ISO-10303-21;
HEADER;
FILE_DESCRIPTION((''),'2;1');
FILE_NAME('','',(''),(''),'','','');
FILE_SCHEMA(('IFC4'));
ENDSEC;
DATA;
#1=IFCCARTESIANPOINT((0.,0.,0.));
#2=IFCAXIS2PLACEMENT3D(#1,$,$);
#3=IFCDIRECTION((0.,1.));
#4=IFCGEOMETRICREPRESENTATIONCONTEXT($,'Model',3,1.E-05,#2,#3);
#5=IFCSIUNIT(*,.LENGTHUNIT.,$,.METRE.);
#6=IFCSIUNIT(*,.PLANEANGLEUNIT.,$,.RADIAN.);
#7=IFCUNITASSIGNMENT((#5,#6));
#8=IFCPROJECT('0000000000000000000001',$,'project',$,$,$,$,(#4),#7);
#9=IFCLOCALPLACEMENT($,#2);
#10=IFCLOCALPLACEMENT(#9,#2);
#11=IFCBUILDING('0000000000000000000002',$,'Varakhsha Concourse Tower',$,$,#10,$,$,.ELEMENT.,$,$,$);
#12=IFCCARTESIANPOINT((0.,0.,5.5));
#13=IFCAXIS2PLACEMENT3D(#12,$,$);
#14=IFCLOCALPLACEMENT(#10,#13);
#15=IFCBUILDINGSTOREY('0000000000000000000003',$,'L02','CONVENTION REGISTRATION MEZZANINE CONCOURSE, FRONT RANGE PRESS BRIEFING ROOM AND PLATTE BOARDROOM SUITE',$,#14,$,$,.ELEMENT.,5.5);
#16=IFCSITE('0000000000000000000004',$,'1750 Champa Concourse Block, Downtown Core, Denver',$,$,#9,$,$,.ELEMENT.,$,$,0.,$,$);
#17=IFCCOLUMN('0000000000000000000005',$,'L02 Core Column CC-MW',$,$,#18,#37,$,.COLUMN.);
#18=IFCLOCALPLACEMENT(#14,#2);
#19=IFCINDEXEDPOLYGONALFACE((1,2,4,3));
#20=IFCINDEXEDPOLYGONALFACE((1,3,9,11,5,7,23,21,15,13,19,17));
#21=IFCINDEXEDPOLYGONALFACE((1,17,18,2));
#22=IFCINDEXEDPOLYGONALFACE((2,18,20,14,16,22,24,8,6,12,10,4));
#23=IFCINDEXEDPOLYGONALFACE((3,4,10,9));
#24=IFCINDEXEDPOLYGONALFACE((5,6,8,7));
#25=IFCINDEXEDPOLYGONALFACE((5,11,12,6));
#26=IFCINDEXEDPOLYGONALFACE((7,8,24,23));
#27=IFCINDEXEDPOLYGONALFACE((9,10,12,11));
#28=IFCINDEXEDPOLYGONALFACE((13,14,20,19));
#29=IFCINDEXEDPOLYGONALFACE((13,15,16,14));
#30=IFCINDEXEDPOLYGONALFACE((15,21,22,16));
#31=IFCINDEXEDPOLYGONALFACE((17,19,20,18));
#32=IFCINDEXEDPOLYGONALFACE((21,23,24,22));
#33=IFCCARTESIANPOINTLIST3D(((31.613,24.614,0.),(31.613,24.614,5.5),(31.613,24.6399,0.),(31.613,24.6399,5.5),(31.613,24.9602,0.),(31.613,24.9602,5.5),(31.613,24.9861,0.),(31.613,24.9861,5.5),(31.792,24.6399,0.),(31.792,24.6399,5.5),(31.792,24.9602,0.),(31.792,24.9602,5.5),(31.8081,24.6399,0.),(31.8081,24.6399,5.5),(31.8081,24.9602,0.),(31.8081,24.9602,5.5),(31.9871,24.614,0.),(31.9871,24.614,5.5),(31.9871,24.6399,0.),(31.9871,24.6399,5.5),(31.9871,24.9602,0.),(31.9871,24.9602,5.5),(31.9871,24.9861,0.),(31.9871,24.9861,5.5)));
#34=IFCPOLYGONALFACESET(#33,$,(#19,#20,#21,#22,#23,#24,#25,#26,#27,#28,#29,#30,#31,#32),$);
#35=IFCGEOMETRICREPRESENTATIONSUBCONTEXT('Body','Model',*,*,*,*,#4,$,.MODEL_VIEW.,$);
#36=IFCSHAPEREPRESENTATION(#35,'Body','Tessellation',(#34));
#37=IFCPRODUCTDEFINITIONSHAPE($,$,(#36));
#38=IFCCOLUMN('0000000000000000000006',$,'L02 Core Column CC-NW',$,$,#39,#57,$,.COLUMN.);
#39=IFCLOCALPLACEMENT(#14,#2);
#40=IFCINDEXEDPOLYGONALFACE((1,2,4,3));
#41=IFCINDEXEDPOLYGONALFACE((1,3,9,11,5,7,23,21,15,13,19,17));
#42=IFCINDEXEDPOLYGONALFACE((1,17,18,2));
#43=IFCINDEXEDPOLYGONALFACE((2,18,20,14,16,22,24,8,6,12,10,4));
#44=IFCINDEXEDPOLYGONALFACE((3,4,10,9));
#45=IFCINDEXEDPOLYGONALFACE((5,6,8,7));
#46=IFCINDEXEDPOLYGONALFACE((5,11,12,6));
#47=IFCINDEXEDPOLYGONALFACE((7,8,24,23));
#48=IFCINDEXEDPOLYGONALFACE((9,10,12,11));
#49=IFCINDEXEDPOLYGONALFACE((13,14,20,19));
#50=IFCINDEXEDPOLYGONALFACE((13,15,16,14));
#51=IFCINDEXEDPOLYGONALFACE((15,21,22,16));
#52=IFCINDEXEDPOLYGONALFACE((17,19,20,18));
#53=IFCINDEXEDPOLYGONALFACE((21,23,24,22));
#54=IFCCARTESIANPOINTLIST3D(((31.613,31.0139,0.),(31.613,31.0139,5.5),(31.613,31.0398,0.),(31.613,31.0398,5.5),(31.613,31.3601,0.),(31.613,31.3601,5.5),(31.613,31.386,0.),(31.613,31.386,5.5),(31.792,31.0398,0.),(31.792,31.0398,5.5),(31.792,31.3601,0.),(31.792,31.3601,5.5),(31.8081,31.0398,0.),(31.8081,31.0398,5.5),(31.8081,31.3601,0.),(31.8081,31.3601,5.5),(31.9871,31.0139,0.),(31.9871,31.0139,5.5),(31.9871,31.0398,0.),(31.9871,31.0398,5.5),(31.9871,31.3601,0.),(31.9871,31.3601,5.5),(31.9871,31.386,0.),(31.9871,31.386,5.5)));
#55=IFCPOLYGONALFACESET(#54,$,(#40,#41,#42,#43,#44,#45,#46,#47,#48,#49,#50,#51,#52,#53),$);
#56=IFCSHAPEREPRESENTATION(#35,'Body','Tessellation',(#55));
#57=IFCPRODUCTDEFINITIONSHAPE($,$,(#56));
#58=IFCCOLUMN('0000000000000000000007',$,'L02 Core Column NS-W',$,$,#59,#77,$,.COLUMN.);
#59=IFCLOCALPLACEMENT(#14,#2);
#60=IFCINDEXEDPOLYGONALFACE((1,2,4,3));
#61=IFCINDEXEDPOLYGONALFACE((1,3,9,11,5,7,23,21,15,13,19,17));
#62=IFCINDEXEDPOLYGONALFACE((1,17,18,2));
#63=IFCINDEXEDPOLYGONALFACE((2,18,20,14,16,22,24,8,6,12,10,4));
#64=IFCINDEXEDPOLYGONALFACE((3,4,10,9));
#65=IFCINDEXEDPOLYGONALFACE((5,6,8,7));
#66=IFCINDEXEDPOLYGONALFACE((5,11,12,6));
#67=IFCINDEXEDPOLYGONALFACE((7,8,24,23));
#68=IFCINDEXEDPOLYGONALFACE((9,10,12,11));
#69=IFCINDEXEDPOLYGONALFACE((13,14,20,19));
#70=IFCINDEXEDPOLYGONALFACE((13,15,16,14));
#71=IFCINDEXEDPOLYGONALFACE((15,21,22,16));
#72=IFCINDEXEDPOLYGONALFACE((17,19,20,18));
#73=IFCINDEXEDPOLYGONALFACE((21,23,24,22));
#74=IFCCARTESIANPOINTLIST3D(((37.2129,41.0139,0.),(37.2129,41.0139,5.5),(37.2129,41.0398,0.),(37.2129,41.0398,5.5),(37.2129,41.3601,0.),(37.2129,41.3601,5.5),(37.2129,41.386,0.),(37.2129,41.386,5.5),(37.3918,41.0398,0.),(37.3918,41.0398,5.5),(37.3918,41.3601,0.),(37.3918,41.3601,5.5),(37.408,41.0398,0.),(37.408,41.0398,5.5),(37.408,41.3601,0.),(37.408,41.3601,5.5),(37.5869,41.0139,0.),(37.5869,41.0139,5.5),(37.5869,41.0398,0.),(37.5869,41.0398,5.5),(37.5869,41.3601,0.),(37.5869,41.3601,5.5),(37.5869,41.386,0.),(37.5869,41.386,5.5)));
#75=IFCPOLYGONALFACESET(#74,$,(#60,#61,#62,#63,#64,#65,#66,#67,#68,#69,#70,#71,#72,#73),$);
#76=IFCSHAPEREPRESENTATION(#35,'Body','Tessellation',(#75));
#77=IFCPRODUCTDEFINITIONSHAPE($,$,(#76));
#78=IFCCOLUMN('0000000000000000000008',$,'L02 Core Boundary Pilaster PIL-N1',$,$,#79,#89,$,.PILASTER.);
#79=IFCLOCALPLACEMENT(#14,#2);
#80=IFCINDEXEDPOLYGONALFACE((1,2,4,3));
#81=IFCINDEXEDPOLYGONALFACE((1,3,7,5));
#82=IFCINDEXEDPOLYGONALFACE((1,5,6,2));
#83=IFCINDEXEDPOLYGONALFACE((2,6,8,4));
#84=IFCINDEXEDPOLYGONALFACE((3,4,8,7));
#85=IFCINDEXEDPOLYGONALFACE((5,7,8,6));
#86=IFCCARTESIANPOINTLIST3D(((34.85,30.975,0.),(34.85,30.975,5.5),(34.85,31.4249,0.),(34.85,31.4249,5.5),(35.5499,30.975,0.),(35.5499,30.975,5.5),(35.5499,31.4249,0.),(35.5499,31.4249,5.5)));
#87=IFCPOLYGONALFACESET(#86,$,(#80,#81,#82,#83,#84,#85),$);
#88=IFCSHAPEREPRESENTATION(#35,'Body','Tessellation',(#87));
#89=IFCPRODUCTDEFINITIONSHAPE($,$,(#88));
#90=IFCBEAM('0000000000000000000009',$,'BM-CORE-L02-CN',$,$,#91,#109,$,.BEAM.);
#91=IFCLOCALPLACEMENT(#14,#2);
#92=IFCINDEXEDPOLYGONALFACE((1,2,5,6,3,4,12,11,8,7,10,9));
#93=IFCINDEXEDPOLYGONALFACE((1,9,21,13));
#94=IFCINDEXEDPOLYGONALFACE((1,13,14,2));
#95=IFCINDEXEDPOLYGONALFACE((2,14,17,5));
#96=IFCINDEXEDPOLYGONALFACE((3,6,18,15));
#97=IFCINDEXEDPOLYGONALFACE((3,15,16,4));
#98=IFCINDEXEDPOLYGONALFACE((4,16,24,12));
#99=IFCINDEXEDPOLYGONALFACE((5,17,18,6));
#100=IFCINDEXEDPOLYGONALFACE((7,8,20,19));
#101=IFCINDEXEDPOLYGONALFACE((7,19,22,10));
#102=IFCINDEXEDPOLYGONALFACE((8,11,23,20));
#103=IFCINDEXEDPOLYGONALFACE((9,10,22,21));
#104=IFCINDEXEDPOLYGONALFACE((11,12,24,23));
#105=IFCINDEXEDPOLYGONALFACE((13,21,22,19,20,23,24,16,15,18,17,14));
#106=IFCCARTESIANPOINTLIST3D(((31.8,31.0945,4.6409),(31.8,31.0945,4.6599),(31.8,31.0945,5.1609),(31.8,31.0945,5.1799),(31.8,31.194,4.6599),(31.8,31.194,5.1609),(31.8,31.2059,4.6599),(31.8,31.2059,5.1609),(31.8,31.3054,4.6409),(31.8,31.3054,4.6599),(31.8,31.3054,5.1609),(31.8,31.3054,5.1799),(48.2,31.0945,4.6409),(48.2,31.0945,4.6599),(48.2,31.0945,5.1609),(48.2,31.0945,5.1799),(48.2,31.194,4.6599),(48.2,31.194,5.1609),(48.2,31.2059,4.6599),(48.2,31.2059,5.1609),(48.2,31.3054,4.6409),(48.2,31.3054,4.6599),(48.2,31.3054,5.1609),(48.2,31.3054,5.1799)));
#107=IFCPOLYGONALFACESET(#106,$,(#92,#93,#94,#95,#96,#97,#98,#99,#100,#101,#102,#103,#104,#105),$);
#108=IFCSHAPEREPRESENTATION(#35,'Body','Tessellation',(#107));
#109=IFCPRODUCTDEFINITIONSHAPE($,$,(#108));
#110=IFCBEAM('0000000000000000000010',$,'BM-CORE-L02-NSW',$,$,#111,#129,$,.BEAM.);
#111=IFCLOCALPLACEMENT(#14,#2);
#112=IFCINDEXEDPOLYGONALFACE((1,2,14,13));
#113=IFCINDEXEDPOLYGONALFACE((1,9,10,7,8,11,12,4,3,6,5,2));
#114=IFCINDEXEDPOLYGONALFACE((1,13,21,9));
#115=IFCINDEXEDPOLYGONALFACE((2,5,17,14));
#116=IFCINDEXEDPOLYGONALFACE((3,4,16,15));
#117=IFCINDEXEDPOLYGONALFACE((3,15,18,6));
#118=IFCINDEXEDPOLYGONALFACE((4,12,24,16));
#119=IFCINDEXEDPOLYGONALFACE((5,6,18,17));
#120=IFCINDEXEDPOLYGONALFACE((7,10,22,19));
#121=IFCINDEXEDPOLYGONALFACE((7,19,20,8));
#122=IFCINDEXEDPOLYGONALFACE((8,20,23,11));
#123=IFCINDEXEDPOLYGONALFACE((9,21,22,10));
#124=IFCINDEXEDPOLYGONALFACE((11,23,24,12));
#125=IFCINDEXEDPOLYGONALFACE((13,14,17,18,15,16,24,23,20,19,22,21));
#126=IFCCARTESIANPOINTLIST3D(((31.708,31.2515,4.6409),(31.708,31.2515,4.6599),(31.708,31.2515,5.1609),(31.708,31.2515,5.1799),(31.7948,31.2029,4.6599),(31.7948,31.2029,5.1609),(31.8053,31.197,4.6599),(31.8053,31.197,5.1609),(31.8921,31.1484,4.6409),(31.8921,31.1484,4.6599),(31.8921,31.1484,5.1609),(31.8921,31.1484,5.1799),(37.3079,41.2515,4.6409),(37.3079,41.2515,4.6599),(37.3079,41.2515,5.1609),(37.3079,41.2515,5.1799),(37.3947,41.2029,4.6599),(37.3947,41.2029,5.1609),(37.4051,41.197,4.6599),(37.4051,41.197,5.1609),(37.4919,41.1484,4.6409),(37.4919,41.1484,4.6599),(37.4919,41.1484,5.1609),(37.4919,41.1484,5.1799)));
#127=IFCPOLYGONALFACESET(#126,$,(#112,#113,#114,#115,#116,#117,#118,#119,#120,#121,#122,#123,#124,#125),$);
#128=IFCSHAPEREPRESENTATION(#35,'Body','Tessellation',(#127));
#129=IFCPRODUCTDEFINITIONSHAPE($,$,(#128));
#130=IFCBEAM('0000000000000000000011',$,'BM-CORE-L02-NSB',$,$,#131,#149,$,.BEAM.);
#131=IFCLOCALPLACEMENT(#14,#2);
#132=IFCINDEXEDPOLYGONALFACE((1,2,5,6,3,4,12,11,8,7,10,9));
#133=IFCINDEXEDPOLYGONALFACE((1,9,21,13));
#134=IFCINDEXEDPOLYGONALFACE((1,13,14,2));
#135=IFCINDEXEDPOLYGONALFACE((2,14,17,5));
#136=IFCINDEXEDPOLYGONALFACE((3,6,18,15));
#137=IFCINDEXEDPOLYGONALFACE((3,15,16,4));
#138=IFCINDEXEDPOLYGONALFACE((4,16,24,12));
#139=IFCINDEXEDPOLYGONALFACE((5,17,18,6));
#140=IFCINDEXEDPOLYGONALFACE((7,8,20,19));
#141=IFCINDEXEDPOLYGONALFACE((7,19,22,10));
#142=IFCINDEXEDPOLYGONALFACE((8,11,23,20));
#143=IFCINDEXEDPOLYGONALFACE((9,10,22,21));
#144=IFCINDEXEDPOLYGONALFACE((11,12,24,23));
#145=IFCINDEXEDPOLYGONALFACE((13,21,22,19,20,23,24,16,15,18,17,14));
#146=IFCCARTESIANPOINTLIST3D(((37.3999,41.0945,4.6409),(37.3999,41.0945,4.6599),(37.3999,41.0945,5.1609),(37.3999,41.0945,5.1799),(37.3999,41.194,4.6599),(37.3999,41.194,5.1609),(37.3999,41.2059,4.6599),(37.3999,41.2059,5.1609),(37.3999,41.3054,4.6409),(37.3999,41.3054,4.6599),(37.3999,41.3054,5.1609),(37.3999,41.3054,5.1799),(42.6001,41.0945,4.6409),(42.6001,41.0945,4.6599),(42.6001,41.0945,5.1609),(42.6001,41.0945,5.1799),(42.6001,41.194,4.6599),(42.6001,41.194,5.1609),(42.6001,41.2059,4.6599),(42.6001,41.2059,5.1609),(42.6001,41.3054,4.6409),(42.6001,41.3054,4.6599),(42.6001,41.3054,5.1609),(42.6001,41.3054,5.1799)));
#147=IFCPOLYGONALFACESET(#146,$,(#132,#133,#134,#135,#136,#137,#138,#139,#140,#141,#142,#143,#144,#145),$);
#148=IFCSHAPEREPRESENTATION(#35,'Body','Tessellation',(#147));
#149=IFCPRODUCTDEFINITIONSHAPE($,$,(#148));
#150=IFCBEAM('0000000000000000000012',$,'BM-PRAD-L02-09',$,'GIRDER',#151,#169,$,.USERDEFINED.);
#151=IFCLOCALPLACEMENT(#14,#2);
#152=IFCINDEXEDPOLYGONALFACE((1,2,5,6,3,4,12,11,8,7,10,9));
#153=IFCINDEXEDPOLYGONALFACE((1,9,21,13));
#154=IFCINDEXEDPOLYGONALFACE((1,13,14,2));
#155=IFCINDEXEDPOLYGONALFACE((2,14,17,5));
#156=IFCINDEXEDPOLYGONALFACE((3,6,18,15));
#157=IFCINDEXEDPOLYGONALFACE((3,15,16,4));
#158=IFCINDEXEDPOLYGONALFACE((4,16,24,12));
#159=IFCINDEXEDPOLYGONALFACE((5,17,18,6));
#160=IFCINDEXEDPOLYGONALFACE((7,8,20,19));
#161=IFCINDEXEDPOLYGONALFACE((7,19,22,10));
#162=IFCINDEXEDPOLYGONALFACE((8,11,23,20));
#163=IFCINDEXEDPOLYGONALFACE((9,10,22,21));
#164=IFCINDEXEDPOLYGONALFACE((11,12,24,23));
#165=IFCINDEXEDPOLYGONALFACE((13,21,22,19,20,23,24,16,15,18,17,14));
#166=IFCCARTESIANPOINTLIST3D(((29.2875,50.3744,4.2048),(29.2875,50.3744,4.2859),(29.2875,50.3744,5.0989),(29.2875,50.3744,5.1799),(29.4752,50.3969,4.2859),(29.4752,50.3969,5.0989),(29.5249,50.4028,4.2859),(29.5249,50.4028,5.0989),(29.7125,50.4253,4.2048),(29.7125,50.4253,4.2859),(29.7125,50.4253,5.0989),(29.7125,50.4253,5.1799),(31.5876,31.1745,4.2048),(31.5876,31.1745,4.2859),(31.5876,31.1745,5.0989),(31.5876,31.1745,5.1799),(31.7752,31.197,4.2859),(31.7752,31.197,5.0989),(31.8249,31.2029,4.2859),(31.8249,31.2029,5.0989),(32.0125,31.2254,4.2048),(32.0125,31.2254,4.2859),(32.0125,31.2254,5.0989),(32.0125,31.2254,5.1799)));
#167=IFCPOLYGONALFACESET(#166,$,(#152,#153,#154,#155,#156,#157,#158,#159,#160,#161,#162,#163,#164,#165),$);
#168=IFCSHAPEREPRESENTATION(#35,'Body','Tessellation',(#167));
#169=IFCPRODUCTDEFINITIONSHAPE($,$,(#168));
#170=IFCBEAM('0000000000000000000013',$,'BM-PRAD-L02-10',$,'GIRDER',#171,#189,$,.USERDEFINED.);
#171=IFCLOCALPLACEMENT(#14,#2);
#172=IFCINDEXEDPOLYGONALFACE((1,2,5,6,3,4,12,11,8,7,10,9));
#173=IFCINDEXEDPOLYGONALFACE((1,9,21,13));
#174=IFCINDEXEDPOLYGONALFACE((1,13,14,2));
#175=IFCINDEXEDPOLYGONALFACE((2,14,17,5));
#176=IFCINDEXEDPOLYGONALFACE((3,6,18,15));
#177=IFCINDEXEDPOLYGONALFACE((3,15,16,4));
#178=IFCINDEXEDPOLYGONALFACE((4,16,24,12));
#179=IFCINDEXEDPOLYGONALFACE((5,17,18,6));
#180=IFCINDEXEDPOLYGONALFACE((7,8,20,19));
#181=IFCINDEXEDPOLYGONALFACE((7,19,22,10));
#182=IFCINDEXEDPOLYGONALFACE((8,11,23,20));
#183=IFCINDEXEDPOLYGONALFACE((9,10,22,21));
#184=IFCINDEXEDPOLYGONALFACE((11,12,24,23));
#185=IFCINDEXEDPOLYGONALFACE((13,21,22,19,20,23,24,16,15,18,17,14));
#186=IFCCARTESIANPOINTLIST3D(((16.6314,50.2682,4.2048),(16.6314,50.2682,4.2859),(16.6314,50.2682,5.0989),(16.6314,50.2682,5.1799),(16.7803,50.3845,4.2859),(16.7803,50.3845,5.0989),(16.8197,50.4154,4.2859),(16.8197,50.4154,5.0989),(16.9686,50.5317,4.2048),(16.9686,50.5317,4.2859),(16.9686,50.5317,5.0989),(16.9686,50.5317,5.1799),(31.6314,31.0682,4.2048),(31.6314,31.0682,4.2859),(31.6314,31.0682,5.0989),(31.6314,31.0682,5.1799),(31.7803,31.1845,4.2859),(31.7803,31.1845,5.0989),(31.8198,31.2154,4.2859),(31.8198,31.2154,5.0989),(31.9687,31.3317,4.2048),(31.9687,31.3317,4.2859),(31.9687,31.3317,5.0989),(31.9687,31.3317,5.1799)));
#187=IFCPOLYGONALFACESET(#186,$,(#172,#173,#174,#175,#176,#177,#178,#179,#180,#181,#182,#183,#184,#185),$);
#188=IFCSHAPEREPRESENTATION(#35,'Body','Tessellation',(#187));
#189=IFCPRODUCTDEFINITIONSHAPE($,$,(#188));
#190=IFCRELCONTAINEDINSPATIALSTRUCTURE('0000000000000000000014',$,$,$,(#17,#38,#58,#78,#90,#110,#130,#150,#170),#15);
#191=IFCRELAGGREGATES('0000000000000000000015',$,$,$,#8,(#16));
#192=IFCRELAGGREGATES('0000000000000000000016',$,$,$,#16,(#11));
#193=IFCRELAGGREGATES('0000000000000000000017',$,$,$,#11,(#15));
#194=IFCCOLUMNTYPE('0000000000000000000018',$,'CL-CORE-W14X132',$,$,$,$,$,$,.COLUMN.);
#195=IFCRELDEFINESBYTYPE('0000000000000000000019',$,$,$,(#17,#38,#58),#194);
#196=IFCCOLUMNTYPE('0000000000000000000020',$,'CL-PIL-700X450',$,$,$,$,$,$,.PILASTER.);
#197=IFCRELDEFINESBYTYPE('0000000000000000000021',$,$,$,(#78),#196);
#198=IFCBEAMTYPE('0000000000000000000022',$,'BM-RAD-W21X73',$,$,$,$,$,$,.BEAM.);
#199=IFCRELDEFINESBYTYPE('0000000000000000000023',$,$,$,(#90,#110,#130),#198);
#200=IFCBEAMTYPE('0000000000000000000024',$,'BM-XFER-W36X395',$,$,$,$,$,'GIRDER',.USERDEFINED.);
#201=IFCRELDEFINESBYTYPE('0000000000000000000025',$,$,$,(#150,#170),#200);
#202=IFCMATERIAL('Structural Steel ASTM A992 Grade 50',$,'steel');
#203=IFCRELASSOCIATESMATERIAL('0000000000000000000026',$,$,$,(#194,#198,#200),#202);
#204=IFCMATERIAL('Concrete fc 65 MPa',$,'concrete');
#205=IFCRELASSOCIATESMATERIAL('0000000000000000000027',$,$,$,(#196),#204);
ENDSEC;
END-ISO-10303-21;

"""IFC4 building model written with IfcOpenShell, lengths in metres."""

from ifc_helpers import new_model, si_unit, direction, frame, origin, origin_2d, place, context, subcontext, project, spatial, rectangle, i_section, extrude, material, material_profile, profile_set, type_object, element, save


model = new_model("IFC4")

# Units and contexts
model_context = context("Model", 3, precision=1e-05, world=origin(), true_north=direction((0.0, 1.0)))
body_context = subcontext(model_context, "Body", "Model", "MODEL_VIEW")
ifc_project = project(units=[si_unit("LENGTHUNIT", "METRE"), si_unit("PLANEANGLEUNIT", "RADIAN")], contexts=[model_context])

# Site, building, storey
site_placement = place(None, origin())
site = spatial("IfcSite", under=ifc_project, at=site_placement, Name="1750 Champa Concourse Block, Downtown Core, Denver", CompositionType="ELEMENT", RefElevation=0.0)
building_placement = place(site_placement, origin())
building = spatial("IfcBuilding", under=site, at=building_placement, Name="Varakhsha Concourse Tower", CompositionType="ELEMENT")
storey_placement = place(building_placement, frame((0.0, 0.0, 5.5)))
storey = spatial("IfcBuildingStorey", under=building, at=storey_placement, Name="L02", Description="CONVENTION REGISTRATION MEZZANINE CONCOURSE, FRONT RANGE PRESS BRIEFING ROOM AND PLATTE BOARDROOM SUITE", CompositionType="ELEMENT", Elevation=5.5)

# Columns
ifc_material_1 = material(Name="Structural Steel ASTM A992 Grade 50", Category="steel")
ifc_material_profile_1 = material_profile(ifc_material_1, i_section(OverallWidth=0.374, OverallDepth=0.3721, WebThickness=0.0161, FlangeThickness=0.0259, at=origin_2d()), Name="W14X132")
ifc_profile_set_1 = profile_set([ifc_material_profile_1], Name="Structural Steel ASTM A992 Grade 50")
column_type_1 = type_object("IfcColumnType", Name="CL-CORE-W14X132", PredefinedType="COLUMN", material=ifc_profile_set_1)
for number, where, z_axis, x_axis, name in (
    (1, (31.8, 24.8, 0.0), (0.0, 0.0, 1.0), (1.0, 0.0, 0.0), "L02 Core Column CC-MW"),
    (2, (31.8, 31.2, 0.0), (0.0, 0.0, 1.0), (1.0, 0.0, 0.0), "L02 Core Column CC-NW"),
    (3, (37.3999, 41.2, 0.0), (0.0, 0.0, 1.0), (1.0, 0.0, 0.0), "L02 Core Column NS-W"),
):
    element("IfcColumn", number, at=place(storey_placement, frame(where, z_axis=z_axis, x_axis=x_axis)), inside=storey, type_object=column_type_1, Name=name, PredefinedType="COLUMN", context=body_context, shape_type="SweptSolid", body=[
        extrude(i_section(OverallWidth=0.374, OverallDepth=0.3721, WebThickness=0.0161, FlangeThickness=0.0259, at=origin_2d()), origin(), (0.0, 0.0, 1.0), 5.5),
    ])
ifc_material_2 = material(Name="Concrete fc 65 MPa", Category="concrete")
ifc_material_profile_2 = material_profile(ifc_material_2, rectangle(XDim=0.7, YDim=0.45, at=origin_2d()), Name="RC 700x450")
ifc_profile_set_2 = profile_set([ifc_material_profile_2], Name="Concrete fc 65 MPa")
column_type_2 = type_object("IfcColumnType", Name="CL-PIL-700X450", PredefinedType="PILASTER", material=ifc_profile_set_2)
column_placement = place(storey_placement, frame((35.2, 31.2, 0.0), z_axis=(0.0, 0.0, 1.0), x_axis=(1.0, 0.0, 0.0)))
element("IfcColumn", 4, at=column_placement, inside=storey, type_object=column_type_2, Name="L02 Core Boundary Pilaster PIL-N1", PredefinedType="PILASTER", context=body_context, shape_type="SweptSolid", body=[
    extrude(rectangle(XDim=0.7, YDim=0.45, at=origin_2d()), origin(), (0.0, 0.0, 1.0), 5.5),
])

# Beams
ifc_material_profile_3 = material_profile(ifc_material_1, i_section(OverallWidth=0.2109, OverallDepth=0.5391, WebThickness=0.012, FlangeThickness=0.019, at=origin_2d()), Name="W21X73")
ifc_profile_set_3 = profile_set([ifc_material_profile_3], Name="Structural Steel ASTM A992 Grade 50")
beam_type_1 = type_object("IfcBeamType", Name="BM-RAD-W21X73", PredefinedType="BEAM", material=ifc_profile_set_3)
beam_1_placement = place(storey_placement, frame((31.8, 31.2, 4.9104), z_axis=(1.0, 0.0, 0.0), x_axis=(0.0, 1.0, 0.0)))
element("IfcBeam", 5, at=beam_1_placement, inside=storey, type_object=beam_type_1, Name="BM-CORE-L02-CN", PredefinedType="BEAM", context=body_context, shape_type="SweptSolid", body=[
    extrude(i_section(OverallWidth=0.2109, OverallDepth=0.5391, WebThickness=0.012, FlangeThickness=0.019, at=origin_2d()), origin(), (0.0, 0.0, 1.0), 16.3999),
])
beam_2_placement = place(storey_placement, frame((31.8, 31.2, 4.9104), z_axis=(0.488594, 0.872511, 0.0), x_axis=(-0.872511, 0.488594, 0.0)))
element("IfcBeam", 6, at=beam_2_placement, inside=storey, type_object=beam_type_1, Name="BM-CORE-L02-NSW", PredefinedType="BEAM", context=body_context, shape_type="SweptSolid", body=[
    extrude(i_section(OverallWidth=0.2109, OverallDepth=0.5391, WebThickness=0.012, FlangeThickness=0.019, at=origin_2d()), origin(), (0.0, 0.0, 1.0), 11.4612),
])
beam_3_placement = place(storey_placement, frame((37.3999, 41.2, 4.9104), z_axis=(1.0, 0.0, 0.0), x_axis=(0.0, 1.0, 0.0)))
element("IfcBeam", 7, at=beam_3_placement, inside=storey, type_object=beam_type_1, Name="BM-CORE-L02-NSB", PredefinedType="BEAM", context=body_context, shape_type="SweptSolid", body=[
    extrude(i_section(OverallWidth=0.2109, OverallDepth=0.5391, WebThickness=0.012, FlangeThickness=0.019, at=origin_2d()), origin(), (0.0, 0.0, 1.0), 5.2002),
])
ifc_material_profile_4 = material_profile(ifc_material_1, i_section(OverallWidth=0.428, OverallDepth=0.9751, WebThickness=0.05, FlangeThickness=0.0811, at=origin_2d()), Name="W36X395")
ifc_profile_set_4 = profile_set([ifc_material_profile_4], Name="Structural Steel ASTM A992 Grade 50")
beam_type_2 = type_object("IfcBeamType", Name="BM-XFER-W36X395", ElementType="GIRDER", PredefinedType="USERDEFINED", material=ifc_profile_set_4)
beam_4_placement = place(storey_placement, frame((31.8, 31.2, 4.6924), z_axis=(-0.118944, 0.992901, 0.0), x_axis=(-0.992901, -0.118944, 0.0)))
element("IfcBeam", 8, at=beam_4_placement, inside=storey, type_object=beam_type_2, Name="BM-PRAD-L02-09", ObjectType="GIRDER", PredefinedType="USERDEFINED", context=body_context, shape_type="SweptSolid", body=[
    extrude(i_section(OverallWidth=0.428, OverallDepth=0.9751, WebThickness=0.05, FlangeThickness=0.0811, at=origin_2d()), origin(), (0.0, 0.0, 1.0), 19.3372),
])
beam_5_placement = place(storey_placement, frame((31.8, 31.2, 4.6924), z_axis=(-0.615645, 0.788024, 0.0), x_axis=(-0.788024, -0.615645, 0.0)))
element("IfcBeam", 9, at=beam_5_placement, inside=storey, type_object=beam_type_2, Name="BM-PRAD-L02-10", ObjectType="GIRDER", PredefinedType="USERDEFINED", context=body_context, shape_type="SweptSolid", body=[
    extrude(i_section(OverallWidth=0.428, OverallDepth=0.9751, WebThickness=0.05, FlangeThickness=0.0811, at=origin_2d()), origin(), (0.0, 0.0, 1.0), 24.3647),
])

save(model, "model.ifc")
